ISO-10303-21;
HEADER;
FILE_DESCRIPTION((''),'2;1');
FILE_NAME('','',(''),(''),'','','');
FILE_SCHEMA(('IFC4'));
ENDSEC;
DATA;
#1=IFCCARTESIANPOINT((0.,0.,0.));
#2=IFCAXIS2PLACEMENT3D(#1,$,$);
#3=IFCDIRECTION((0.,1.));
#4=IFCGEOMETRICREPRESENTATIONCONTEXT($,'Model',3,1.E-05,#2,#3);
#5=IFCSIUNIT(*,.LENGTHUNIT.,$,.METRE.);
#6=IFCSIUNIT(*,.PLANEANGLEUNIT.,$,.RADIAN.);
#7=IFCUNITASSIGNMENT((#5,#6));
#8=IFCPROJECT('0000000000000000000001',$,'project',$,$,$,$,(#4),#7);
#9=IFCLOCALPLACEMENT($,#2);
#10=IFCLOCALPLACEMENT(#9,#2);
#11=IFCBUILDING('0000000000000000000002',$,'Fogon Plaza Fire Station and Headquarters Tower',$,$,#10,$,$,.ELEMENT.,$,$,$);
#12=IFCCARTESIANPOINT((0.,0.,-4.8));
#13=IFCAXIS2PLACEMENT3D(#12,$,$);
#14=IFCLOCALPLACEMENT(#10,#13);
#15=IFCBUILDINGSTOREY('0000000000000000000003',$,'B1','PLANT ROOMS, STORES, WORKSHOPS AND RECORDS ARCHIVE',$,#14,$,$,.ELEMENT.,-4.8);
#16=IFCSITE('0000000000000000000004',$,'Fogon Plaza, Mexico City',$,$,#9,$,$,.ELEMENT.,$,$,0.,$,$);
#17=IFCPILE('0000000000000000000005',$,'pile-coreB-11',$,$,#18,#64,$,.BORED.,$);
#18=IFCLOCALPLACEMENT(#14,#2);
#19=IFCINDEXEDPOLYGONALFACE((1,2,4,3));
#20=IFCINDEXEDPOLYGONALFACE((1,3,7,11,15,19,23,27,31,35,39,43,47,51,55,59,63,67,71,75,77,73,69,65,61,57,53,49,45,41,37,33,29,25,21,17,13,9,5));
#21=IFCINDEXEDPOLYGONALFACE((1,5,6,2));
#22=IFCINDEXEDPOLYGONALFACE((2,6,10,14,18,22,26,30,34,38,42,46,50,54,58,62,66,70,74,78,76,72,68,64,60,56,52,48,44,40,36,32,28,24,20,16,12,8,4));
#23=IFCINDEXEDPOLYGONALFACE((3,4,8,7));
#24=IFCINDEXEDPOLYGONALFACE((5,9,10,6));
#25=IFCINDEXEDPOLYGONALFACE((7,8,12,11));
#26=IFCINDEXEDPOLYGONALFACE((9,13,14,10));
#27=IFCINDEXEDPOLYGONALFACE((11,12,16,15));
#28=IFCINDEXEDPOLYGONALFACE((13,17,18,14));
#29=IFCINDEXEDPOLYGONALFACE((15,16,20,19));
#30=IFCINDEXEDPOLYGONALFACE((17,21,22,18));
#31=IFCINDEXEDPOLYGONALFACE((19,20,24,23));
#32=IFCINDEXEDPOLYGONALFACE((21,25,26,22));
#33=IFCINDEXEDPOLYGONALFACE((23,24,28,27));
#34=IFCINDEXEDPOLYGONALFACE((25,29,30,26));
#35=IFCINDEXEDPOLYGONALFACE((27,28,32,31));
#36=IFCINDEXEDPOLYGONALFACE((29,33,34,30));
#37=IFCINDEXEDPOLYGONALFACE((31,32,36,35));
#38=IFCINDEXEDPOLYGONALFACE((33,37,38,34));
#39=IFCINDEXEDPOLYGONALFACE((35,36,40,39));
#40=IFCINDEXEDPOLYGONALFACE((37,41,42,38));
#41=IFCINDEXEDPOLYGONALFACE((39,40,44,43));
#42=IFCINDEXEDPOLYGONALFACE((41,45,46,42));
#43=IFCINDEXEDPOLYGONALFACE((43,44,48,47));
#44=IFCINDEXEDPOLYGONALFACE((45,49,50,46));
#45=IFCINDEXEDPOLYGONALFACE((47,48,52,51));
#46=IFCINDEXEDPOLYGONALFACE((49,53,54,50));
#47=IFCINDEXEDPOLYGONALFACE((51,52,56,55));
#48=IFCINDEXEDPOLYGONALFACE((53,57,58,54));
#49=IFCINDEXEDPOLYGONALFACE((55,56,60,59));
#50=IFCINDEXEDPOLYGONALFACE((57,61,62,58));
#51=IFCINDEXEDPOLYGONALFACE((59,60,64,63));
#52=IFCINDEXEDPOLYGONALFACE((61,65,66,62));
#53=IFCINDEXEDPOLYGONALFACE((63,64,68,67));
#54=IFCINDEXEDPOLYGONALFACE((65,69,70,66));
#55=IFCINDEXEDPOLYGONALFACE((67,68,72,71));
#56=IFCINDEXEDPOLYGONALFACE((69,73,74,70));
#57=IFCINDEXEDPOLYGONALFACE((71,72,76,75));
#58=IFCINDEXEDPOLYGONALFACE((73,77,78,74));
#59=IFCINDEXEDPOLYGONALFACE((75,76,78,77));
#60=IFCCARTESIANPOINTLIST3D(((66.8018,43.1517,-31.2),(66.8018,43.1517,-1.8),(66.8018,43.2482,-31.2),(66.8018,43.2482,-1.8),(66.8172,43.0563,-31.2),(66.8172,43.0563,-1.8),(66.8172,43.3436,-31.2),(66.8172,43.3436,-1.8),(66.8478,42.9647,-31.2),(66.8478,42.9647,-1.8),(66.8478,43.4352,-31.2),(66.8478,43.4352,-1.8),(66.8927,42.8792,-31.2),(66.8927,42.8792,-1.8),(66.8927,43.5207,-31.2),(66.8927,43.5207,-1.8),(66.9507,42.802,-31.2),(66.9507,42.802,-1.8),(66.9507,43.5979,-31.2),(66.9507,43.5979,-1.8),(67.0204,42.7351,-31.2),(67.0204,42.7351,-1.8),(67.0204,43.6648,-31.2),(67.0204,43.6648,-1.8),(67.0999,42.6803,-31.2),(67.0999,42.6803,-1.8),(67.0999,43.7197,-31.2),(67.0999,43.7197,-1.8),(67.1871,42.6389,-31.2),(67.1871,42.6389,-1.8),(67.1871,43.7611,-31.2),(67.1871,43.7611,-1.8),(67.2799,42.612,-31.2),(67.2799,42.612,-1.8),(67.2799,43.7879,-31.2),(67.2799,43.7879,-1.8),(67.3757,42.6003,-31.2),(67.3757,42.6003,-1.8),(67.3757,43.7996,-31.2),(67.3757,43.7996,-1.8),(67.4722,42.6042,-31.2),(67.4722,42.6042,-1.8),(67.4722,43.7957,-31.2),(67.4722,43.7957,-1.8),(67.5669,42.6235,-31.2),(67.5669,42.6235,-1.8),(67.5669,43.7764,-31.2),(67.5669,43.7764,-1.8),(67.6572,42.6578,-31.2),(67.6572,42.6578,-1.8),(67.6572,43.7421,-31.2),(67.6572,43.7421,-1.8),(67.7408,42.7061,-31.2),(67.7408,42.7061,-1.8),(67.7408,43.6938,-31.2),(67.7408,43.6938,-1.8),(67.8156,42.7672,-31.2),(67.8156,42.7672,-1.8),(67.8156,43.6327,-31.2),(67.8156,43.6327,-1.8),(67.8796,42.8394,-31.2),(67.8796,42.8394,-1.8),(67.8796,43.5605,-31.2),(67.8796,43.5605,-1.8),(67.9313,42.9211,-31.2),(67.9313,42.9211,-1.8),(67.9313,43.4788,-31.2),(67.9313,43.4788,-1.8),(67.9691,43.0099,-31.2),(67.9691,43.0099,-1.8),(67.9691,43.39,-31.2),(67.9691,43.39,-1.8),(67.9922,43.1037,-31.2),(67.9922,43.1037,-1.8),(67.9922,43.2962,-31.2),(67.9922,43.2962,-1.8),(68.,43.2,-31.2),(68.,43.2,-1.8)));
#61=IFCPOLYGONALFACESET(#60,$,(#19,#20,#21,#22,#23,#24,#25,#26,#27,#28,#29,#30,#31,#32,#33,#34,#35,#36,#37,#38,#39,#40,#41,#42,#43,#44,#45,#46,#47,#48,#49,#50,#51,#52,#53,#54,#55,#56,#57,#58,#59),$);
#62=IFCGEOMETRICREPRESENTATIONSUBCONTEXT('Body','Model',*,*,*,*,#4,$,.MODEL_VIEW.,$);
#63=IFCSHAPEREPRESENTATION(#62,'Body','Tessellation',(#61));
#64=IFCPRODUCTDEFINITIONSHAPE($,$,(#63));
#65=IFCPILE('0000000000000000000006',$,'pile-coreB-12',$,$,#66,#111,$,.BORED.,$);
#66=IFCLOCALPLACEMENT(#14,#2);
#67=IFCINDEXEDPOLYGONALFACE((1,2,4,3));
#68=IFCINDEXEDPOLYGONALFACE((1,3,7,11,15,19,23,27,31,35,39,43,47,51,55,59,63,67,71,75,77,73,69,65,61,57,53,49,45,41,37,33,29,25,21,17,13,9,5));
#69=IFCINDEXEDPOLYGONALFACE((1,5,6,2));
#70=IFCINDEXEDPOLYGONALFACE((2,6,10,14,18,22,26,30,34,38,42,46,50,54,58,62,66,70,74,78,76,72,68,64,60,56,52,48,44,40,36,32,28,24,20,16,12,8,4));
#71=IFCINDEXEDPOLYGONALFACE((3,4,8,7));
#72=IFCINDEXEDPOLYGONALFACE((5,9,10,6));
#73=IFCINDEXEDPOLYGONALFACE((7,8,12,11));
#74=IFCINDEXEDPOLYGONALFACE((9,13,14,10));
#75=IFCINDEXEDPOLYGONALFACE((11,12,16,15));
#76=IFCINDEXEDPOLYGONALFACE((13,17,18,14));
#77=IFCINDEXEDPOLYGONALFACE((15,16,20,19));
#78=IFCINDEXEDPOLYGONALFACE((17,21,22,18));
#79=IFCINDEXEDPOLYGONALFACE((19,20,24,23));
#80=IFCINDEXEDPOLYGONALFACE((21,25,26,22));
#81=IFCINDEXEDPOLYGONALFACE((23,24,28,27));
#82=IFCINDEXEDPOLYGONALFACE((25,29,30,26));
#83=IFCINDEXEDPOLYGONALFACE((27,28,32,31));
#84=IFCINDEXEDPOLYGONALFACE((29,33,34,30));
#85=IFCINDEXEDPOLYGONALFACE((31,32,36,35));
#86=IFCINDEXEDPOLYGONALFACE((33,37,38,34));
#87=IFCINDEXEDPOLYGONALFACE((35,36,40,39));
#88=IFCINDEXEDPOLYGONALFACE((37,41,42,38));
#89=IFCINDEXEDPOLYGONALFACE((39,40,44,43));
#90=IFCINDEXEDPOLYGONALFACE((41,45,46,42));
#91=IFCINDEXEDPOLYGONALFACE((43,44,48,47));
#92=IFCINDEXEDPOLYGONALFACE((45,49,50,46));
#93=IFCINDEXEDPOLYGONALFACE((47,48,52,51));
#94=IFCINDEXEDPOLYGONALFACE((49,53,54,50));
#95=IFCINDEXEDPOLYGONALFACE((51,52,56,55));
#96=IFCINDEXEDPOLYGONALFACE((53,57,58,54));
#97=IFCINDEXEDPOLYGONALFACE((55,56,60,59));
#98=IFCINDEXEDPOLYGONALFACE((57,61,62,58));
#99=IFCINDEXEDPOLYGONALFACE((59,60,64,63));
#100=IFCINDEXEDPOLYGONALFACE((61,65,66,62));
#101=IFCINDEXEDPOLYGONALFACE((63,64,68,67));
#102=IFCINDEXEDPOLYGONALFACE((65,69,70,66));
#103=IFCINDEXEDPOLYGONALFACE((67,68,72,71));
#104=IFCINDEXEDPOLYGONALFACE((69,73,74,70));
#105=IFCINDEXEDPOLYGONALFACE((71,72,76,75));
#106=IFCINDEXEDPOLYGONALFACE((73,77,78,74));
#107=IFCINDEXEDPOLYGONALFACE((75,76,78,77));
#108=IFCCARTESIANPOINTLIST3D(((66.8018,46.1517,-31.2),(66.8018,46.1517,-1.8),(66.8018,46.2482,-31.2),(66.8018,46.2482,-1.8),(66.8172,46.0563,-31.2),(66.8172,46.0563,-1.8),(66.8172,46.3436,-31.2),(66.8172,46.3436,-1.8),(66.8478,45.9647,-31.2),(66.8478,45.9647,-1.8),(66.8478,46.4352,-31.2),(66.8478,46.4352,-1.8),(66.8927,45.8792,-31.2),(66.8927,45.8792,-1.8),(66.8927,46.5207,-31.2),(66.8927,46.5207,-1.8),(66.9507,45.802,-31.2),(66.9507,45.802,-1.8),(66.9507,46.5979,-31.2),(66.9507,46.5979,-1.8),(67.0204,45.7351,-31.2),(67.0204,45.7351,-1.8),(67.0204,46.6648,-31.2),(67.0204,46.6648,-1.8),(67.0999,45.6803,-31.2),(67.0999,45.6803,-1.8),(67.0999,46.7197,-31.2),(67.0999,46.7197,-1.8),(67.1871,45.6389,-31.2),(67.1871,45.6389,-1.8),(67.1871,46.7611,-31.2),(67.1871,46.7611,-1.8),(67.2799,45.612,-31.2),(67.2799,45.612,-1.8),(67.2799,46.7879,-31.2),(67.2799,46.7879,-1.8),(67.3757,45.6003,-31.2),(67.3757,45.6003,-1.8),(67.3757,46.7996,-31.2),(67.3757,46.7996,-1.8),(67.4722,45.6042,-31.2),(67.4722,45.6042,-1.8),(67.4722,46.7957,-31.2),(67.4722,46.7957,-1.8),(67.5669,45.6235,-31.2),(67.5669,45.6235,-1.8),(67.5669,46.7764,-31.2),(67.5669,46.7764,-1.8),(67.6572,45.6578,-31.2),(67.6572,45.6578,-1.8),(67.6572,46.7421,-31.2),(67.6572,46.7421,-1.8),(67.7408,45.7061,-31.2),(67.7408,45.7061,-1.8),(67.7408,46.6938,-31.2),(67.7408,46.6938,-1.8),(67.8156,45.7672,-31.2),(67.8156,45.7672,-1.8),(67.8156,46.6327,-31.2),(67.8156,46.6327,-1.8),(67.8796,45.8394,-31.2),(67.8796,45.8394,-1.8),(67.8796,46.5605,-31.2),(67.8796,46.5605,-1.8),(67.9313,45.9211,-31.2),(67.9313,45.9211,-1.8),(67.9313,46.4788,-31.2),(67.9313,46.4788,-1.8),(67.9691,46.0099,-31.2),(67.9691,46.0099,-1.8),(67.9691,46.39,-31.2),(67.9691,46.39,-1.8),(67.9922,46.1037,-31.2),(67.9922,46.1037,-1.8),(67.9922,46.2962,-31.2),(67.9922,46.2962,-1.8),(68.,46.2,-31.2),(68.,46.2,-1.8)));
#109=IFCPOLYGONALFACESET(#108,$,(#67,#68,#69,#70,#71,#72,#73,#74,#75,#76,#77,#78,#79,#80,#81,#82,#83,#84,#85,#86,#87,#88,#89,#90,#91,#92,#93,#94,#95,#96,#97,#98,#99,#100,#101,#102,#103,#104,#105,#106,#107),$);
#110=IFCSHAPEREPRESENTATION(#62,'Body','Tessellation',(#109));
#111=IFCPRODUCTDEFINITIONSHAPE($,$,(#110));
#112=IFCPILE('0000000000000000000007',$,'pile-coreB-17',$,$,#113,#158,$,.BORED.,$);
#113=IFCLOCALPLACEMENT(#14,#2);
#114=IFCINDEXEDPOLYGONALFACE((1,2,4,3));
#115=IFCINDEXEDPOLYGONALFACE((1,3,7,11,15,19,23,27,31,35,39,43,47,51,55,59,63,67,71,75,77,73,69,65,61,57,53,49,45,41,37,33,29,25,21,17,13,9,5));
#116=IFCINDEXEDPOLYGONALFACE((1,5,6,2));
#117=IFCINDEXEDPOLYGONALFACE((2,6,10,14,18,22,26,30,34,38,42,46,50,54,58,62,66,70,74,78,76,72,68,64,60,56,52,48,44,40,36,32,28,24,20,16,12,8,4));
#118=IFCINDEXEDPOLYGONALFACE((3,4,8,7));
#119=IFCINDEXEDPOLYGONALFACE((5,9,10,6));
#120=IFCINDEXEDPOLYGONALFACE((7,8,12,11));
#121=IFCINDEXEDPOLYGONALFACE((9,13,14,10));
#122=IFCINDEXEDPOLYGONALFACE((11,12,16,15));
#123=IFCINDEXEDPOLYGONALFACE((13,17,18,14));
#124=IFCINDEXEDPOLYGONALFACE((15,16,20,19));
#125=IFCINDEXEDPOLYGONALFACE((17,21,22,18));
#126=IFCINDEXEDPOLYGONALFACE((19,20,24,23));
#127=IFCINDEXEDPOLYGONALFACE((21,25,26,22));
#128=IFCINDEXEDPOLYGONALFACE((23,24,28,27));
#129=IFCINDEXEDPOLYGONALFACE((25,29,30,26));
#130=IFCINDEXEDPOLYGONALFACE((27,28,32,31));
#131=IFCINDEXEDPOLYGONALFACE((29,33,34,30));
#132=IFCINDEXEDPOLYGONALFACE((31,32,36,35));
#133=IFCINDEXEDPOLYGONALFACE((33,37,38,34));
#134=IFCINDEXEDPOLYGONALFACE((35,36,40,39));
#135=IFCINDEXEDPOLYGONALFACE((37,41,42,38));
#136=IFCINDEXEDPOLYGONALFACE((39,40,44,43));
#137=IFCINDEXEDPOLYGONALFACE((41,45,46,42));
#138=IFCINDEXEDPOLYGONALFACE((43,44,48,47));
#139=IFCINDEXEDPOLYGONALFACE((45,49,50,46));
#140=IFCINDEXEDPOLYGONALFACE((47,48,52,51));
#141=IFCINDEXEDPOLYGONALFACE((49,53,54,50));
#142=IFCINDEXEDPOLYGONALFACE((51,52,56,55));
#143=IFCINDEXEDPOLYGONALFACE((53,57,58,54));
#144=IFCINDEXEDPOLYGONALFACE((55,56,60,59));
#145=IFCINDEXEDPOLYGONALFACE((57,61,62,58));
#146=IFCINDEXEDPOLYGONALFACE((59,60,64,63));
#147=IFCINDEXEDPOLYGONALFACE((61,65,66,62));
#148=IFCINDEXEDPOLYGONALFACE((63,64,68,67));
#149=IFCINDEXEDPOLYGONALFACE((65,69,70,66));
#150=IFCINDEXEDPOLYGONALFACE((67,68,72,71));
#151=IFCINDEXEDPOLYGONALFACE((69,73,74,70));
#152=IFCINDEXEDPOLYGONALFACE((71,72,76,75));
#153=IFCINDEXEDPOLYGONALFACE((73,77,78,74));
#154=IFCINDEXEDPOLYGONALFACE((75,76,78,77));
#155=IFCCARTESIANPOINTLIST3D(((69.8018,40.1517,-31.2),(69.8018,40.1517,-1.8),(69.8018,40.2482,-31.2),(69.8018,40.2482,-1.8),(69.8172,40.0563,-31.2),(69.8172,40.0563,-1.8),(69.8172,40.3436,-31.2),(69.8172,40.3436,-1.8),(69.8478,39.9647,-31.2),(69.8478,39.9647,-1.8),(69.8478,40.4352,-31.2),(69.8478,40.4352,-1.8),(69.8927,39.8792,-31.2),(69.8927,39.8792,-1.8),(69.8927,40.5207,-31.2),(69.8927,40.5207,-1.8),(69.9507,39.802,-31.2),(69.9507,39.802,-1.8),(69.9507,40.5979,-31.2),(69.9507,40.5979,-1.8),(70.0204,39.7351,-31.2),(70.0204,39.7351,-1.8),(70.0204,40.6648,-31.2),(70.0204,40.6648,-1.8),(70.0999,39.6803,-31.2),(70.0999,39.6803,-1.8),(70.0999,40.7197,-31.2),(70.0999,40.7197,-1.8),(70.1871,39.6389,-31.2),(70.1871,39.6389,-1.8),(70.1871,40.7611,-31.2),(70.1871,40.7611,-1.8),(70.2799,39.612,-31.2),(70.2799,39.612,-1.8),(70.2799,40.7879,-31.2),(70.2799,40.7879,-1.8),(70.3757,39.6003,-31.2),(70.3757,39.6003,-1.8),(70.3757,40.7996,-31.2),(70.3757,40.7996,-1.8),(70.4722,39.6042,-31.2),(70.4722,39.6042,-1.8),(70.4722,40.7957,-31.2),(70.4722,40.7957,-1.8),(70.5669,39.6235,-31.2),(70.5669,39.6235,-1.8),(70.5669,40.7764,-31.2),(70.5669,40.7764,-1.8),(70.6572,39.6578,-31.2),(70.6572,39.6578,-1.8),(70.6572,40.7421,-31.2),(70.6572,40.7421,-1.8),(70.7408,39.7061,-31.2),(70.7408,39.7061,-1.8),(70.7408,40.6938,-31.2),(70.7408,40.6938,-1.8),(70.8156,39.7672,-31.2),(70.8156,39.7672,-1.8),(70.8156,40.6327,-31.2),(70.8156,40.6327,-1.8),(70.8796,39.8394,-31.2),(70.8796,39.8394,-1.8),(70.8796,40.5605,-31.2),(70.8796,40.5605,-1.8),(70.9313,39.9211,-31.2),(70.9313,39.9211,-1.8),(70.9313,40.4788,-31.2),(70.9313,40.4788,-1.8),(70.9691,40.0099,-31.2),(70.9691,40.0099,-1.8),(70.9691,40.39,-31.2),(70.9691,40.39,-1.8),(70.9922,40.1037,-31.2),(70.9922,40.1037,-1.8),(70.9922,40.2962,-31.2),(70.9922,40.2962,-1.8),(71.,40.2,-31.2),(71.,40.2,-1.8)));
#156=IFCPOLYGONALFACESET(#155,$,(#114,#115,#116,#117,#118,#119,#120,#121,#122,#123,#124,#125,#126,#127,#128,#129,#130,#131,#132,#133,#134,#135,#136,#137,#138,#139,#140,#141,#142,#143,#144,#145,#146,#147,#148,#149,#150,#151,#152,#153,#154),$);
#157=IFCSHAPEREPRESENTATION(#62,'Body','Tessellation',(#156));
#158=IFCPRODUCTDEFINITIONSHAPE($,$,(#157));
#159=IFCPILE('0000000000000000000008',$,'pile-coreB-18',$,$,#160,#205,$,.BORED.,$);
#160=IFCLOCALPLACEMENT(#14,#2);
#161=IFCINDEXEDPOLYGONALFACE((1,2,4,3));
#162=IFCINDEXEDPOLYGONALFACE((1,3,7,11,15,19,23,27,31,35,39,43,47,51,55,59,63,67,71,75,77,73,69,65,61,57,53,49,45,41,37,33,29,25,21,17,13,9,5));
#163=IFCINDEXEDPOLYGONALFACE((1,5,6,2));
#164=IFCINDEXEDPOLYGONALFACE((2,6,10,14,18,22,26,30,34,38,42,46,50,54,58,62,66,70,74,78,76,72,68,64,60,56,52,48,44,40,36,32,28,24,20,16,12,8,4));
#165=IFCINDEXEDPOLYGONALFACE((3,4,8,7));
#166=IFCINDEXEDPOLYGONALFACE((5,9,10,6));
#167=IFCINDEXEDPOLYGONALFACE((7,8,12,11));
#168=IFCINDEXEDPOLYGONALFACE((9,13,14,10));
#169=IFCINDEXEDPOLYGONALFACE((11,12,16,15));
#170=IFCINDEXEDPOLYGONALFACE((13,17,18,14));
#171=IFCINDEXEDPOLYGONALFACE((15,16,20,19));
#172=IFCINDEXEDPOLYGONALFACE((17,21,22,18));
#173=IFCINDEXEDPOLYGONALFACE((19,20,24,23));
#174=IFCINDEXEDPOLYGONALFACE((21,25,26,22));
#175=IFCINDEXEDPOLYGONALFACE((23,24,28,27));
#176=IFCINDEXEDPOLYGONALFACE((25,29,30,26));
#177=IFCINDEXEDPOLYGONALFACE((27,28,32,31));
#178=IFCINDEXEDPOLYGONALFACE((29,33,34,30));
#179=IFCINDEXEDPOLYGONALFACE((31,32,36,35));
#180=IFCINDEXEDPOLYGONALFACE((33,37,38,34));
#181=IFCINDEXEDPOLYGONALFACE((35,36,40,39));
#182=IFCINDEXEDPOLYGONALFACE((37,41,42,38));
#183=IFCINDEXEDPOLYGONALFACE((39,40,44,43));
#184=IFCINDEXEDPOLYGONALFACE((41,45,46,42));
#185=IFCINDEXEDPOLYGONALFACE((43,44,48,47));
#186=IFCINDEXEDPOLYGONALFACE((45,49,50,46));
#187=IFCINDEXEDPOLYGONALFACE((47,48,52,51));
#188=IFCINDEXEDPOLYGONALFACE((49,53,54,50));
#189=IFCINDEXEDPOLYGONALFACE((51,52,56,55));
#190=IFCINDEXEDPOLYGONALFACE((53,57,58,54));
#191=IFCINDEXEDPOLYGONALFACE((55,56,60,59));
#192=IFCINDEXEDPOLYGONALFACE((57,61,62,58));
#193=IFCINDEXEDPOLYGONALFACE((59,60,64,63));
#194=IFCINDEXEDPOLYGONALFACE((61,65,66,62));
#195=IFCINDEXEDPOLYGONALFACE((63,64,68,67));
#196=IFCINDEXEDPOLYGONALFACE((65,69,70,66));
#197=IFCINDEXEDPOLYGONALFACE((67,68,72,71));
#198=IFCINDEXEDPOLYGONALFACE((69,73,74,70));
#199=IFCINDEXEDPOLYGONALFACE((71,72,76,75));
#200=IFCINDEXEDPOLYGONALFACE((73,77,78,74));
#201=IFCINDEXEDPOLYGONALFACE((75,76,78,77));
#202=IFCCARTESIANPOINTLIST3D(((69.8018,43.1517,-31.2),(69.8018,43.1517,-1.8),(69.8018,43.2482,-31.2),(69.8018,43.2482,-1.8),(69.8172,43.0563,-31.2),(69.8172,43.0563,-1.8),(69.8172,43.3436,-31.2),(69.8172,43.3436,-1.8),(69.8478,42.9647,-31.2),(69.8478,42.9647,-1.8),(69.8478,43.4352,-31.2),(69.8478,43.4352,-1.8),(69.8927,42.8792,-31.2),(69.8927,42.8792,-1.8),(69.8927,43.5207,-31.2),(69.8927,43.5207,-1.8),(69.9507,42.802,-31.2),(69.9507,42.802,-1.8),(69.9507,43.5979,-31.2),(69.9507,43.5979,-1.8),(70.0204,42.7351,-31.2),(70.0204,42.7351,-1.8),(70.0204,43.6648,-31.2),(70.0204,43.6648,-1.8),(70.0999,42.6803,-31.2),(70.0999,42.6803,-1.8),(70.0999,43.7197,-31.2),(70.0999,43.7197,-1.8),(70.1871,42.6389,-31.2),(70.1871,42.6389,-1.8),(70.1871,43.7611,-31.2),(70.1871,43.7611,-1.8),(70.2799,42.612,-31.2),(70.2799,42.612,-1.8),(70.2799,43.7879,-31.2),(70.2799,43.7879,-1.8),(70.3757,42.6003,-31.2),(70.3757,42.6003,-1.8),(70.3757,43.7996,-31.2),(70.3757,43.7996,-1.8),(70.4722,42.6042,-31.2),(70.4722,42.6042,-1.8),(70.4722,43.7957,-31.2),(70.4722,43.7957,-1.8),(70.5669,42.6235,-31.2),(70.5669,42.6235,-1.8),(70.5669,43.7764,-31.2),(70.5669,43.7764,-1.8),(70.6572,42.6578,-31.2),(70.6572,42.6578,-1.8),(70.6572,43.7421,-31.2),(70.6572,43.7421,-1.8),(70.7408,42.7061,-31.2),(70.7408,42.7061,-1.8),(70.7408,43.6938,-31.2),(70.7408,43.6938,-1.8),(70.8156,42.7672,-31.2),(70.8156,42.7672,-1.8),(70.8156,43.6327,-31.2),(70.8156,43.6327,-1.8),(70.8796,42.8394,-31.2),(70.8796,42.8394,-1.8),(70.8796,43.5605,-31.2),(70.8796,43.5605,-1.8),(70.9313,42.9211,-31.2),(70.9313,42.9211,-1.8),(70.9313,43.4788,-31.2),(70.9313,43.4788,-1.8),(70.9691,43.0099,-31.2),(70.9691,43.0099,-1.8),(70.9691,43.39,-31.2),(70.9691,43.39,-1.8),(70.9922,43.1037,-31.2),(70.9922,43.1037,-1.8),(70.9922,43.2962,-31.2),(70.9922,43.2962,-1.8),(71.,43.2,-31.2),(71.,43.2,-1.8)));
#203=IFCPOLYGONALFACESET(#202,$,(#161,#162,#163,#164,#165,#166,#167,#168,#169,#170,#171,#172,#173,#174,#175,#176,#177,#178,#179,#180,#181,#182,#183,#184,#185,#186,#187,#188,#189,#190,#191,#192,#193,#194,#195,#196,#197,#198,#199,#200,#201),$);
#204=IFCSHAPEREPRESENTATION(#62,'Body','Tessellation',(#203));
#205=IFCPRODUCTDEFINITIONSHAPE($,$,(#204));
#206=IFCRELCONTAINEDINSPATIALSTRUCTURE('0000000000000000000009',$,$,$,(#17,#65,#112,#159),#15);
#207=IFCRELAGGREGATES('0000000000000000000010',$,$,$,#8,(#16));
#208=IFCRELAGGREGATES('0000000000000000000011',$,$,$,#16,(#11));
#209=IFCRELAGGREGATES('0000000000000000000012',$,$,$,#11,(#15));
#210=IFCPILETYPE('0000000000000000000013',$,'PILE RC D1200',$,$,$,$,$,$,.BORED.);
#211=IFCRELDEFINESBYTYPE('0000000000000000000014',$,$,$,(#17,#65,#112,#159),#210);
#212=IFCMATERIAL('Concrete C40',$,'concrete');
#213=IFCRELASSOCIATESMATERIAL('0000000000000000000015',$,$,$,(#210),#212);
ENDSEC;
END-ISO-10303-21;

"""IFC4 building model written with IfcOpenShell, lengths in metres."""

from ifc_helpers import new_model, si_unit, direction, frame, origin, origin_2d, place, context, subcontext, project, spatial, circle, extrude, material, material_profile, profile_set, type_object, element, save


model = new_model("IFC4")

# Units and contexts
model_context = context("Model", 3, precision=1e-05, world=origin(), true_north=direction((0.0, 1.0)))
body_context = subcontext(model_context, "Body", "Model", "MODEL_VIEW")
ifc_project = project(units=[si_unit("LENGTHUNIT", "METRE"), si_unit("PLANEANGLEUNIT", "RADIAN")], contexts=[model_context])

# Site, building, storey
site_placement = place(None, origin())
site = spatial("IfcSite", under=ifc_project, at=site_placement, Name="Fogon Plaza, Mexico City", CompositionType="ELEMENT", RefElevation=0.0)
building_placement = place(site_placement, origin())
building = spatial("IfcBuilding", under=site, at=building_placement, Name="Fogon Plaza Fire Station and Headquarters Tower", CompositionType="ELEMENT")
storey_placement = place(building_placement, frame((0.0, 0.0, -4.8)))
storey = spatial("IfcBuildingStorey", under=building, at=storey_placement, Name="B1", Description="PLANT ROOMS, STORES, WORKSHOPS AND RECORDS ARCHIVE", CompositionType="ELEMENT", Elevation=-4.8)

# Piles
ifc_material_1 = material(Name="Concrete C40", Category="concrete")
ifc_material_profile = material_profile(ifc_material_1, circle(Radius=0.6001, at=origin_2d()), Name="RC D1200")
ifc_profile_set = profile_set([ifc_material_profile], Name="Concrete C40")
pile_type = type_object("IfcPileType", Name="PILE RC D1200", PredefinedType="BORED", material=ifc_profile_set)
for number, where, z_axis, x_axis, name in (
    (1, (67.3999, 43.2, -1.8), (0.0, 0.0, -1.0), (1.0, 0.0, 0.0), "pile-coreB-11"),
    (2, (67.3999, 46.2, -1.8), (0.0, 0.0, -1.0), (1.0, 0.0, 0.0), "pile-coreB-12"),
    (3, (70.3999, 40.2, -1.8), (0.0, 0.0, -1.0), (1.0, 0.0, 0.0), "pile-coreB-17"),
    (4, (70.3999, 43.2, -1.8), (0.0, 0.0, -1.0), (1.0, 0.0, 0.0), "pile-coreB-18"),
):
    element("IfcPile", number, at=place(storey_placement, frame(where, z_axis=z_axis, x_axis=x_axis)), inside=storey, type_object=pile_type, Name=name, PredefinedType="BORED", context=body_context, shape_type="SweptSolid", body=[
        extrude(circle(Radius=0.6001, at=origin_2d()), origin(), (0.0, 0.0, 1.0), 29.3999),
    ])

save(model, "model.ifc")
